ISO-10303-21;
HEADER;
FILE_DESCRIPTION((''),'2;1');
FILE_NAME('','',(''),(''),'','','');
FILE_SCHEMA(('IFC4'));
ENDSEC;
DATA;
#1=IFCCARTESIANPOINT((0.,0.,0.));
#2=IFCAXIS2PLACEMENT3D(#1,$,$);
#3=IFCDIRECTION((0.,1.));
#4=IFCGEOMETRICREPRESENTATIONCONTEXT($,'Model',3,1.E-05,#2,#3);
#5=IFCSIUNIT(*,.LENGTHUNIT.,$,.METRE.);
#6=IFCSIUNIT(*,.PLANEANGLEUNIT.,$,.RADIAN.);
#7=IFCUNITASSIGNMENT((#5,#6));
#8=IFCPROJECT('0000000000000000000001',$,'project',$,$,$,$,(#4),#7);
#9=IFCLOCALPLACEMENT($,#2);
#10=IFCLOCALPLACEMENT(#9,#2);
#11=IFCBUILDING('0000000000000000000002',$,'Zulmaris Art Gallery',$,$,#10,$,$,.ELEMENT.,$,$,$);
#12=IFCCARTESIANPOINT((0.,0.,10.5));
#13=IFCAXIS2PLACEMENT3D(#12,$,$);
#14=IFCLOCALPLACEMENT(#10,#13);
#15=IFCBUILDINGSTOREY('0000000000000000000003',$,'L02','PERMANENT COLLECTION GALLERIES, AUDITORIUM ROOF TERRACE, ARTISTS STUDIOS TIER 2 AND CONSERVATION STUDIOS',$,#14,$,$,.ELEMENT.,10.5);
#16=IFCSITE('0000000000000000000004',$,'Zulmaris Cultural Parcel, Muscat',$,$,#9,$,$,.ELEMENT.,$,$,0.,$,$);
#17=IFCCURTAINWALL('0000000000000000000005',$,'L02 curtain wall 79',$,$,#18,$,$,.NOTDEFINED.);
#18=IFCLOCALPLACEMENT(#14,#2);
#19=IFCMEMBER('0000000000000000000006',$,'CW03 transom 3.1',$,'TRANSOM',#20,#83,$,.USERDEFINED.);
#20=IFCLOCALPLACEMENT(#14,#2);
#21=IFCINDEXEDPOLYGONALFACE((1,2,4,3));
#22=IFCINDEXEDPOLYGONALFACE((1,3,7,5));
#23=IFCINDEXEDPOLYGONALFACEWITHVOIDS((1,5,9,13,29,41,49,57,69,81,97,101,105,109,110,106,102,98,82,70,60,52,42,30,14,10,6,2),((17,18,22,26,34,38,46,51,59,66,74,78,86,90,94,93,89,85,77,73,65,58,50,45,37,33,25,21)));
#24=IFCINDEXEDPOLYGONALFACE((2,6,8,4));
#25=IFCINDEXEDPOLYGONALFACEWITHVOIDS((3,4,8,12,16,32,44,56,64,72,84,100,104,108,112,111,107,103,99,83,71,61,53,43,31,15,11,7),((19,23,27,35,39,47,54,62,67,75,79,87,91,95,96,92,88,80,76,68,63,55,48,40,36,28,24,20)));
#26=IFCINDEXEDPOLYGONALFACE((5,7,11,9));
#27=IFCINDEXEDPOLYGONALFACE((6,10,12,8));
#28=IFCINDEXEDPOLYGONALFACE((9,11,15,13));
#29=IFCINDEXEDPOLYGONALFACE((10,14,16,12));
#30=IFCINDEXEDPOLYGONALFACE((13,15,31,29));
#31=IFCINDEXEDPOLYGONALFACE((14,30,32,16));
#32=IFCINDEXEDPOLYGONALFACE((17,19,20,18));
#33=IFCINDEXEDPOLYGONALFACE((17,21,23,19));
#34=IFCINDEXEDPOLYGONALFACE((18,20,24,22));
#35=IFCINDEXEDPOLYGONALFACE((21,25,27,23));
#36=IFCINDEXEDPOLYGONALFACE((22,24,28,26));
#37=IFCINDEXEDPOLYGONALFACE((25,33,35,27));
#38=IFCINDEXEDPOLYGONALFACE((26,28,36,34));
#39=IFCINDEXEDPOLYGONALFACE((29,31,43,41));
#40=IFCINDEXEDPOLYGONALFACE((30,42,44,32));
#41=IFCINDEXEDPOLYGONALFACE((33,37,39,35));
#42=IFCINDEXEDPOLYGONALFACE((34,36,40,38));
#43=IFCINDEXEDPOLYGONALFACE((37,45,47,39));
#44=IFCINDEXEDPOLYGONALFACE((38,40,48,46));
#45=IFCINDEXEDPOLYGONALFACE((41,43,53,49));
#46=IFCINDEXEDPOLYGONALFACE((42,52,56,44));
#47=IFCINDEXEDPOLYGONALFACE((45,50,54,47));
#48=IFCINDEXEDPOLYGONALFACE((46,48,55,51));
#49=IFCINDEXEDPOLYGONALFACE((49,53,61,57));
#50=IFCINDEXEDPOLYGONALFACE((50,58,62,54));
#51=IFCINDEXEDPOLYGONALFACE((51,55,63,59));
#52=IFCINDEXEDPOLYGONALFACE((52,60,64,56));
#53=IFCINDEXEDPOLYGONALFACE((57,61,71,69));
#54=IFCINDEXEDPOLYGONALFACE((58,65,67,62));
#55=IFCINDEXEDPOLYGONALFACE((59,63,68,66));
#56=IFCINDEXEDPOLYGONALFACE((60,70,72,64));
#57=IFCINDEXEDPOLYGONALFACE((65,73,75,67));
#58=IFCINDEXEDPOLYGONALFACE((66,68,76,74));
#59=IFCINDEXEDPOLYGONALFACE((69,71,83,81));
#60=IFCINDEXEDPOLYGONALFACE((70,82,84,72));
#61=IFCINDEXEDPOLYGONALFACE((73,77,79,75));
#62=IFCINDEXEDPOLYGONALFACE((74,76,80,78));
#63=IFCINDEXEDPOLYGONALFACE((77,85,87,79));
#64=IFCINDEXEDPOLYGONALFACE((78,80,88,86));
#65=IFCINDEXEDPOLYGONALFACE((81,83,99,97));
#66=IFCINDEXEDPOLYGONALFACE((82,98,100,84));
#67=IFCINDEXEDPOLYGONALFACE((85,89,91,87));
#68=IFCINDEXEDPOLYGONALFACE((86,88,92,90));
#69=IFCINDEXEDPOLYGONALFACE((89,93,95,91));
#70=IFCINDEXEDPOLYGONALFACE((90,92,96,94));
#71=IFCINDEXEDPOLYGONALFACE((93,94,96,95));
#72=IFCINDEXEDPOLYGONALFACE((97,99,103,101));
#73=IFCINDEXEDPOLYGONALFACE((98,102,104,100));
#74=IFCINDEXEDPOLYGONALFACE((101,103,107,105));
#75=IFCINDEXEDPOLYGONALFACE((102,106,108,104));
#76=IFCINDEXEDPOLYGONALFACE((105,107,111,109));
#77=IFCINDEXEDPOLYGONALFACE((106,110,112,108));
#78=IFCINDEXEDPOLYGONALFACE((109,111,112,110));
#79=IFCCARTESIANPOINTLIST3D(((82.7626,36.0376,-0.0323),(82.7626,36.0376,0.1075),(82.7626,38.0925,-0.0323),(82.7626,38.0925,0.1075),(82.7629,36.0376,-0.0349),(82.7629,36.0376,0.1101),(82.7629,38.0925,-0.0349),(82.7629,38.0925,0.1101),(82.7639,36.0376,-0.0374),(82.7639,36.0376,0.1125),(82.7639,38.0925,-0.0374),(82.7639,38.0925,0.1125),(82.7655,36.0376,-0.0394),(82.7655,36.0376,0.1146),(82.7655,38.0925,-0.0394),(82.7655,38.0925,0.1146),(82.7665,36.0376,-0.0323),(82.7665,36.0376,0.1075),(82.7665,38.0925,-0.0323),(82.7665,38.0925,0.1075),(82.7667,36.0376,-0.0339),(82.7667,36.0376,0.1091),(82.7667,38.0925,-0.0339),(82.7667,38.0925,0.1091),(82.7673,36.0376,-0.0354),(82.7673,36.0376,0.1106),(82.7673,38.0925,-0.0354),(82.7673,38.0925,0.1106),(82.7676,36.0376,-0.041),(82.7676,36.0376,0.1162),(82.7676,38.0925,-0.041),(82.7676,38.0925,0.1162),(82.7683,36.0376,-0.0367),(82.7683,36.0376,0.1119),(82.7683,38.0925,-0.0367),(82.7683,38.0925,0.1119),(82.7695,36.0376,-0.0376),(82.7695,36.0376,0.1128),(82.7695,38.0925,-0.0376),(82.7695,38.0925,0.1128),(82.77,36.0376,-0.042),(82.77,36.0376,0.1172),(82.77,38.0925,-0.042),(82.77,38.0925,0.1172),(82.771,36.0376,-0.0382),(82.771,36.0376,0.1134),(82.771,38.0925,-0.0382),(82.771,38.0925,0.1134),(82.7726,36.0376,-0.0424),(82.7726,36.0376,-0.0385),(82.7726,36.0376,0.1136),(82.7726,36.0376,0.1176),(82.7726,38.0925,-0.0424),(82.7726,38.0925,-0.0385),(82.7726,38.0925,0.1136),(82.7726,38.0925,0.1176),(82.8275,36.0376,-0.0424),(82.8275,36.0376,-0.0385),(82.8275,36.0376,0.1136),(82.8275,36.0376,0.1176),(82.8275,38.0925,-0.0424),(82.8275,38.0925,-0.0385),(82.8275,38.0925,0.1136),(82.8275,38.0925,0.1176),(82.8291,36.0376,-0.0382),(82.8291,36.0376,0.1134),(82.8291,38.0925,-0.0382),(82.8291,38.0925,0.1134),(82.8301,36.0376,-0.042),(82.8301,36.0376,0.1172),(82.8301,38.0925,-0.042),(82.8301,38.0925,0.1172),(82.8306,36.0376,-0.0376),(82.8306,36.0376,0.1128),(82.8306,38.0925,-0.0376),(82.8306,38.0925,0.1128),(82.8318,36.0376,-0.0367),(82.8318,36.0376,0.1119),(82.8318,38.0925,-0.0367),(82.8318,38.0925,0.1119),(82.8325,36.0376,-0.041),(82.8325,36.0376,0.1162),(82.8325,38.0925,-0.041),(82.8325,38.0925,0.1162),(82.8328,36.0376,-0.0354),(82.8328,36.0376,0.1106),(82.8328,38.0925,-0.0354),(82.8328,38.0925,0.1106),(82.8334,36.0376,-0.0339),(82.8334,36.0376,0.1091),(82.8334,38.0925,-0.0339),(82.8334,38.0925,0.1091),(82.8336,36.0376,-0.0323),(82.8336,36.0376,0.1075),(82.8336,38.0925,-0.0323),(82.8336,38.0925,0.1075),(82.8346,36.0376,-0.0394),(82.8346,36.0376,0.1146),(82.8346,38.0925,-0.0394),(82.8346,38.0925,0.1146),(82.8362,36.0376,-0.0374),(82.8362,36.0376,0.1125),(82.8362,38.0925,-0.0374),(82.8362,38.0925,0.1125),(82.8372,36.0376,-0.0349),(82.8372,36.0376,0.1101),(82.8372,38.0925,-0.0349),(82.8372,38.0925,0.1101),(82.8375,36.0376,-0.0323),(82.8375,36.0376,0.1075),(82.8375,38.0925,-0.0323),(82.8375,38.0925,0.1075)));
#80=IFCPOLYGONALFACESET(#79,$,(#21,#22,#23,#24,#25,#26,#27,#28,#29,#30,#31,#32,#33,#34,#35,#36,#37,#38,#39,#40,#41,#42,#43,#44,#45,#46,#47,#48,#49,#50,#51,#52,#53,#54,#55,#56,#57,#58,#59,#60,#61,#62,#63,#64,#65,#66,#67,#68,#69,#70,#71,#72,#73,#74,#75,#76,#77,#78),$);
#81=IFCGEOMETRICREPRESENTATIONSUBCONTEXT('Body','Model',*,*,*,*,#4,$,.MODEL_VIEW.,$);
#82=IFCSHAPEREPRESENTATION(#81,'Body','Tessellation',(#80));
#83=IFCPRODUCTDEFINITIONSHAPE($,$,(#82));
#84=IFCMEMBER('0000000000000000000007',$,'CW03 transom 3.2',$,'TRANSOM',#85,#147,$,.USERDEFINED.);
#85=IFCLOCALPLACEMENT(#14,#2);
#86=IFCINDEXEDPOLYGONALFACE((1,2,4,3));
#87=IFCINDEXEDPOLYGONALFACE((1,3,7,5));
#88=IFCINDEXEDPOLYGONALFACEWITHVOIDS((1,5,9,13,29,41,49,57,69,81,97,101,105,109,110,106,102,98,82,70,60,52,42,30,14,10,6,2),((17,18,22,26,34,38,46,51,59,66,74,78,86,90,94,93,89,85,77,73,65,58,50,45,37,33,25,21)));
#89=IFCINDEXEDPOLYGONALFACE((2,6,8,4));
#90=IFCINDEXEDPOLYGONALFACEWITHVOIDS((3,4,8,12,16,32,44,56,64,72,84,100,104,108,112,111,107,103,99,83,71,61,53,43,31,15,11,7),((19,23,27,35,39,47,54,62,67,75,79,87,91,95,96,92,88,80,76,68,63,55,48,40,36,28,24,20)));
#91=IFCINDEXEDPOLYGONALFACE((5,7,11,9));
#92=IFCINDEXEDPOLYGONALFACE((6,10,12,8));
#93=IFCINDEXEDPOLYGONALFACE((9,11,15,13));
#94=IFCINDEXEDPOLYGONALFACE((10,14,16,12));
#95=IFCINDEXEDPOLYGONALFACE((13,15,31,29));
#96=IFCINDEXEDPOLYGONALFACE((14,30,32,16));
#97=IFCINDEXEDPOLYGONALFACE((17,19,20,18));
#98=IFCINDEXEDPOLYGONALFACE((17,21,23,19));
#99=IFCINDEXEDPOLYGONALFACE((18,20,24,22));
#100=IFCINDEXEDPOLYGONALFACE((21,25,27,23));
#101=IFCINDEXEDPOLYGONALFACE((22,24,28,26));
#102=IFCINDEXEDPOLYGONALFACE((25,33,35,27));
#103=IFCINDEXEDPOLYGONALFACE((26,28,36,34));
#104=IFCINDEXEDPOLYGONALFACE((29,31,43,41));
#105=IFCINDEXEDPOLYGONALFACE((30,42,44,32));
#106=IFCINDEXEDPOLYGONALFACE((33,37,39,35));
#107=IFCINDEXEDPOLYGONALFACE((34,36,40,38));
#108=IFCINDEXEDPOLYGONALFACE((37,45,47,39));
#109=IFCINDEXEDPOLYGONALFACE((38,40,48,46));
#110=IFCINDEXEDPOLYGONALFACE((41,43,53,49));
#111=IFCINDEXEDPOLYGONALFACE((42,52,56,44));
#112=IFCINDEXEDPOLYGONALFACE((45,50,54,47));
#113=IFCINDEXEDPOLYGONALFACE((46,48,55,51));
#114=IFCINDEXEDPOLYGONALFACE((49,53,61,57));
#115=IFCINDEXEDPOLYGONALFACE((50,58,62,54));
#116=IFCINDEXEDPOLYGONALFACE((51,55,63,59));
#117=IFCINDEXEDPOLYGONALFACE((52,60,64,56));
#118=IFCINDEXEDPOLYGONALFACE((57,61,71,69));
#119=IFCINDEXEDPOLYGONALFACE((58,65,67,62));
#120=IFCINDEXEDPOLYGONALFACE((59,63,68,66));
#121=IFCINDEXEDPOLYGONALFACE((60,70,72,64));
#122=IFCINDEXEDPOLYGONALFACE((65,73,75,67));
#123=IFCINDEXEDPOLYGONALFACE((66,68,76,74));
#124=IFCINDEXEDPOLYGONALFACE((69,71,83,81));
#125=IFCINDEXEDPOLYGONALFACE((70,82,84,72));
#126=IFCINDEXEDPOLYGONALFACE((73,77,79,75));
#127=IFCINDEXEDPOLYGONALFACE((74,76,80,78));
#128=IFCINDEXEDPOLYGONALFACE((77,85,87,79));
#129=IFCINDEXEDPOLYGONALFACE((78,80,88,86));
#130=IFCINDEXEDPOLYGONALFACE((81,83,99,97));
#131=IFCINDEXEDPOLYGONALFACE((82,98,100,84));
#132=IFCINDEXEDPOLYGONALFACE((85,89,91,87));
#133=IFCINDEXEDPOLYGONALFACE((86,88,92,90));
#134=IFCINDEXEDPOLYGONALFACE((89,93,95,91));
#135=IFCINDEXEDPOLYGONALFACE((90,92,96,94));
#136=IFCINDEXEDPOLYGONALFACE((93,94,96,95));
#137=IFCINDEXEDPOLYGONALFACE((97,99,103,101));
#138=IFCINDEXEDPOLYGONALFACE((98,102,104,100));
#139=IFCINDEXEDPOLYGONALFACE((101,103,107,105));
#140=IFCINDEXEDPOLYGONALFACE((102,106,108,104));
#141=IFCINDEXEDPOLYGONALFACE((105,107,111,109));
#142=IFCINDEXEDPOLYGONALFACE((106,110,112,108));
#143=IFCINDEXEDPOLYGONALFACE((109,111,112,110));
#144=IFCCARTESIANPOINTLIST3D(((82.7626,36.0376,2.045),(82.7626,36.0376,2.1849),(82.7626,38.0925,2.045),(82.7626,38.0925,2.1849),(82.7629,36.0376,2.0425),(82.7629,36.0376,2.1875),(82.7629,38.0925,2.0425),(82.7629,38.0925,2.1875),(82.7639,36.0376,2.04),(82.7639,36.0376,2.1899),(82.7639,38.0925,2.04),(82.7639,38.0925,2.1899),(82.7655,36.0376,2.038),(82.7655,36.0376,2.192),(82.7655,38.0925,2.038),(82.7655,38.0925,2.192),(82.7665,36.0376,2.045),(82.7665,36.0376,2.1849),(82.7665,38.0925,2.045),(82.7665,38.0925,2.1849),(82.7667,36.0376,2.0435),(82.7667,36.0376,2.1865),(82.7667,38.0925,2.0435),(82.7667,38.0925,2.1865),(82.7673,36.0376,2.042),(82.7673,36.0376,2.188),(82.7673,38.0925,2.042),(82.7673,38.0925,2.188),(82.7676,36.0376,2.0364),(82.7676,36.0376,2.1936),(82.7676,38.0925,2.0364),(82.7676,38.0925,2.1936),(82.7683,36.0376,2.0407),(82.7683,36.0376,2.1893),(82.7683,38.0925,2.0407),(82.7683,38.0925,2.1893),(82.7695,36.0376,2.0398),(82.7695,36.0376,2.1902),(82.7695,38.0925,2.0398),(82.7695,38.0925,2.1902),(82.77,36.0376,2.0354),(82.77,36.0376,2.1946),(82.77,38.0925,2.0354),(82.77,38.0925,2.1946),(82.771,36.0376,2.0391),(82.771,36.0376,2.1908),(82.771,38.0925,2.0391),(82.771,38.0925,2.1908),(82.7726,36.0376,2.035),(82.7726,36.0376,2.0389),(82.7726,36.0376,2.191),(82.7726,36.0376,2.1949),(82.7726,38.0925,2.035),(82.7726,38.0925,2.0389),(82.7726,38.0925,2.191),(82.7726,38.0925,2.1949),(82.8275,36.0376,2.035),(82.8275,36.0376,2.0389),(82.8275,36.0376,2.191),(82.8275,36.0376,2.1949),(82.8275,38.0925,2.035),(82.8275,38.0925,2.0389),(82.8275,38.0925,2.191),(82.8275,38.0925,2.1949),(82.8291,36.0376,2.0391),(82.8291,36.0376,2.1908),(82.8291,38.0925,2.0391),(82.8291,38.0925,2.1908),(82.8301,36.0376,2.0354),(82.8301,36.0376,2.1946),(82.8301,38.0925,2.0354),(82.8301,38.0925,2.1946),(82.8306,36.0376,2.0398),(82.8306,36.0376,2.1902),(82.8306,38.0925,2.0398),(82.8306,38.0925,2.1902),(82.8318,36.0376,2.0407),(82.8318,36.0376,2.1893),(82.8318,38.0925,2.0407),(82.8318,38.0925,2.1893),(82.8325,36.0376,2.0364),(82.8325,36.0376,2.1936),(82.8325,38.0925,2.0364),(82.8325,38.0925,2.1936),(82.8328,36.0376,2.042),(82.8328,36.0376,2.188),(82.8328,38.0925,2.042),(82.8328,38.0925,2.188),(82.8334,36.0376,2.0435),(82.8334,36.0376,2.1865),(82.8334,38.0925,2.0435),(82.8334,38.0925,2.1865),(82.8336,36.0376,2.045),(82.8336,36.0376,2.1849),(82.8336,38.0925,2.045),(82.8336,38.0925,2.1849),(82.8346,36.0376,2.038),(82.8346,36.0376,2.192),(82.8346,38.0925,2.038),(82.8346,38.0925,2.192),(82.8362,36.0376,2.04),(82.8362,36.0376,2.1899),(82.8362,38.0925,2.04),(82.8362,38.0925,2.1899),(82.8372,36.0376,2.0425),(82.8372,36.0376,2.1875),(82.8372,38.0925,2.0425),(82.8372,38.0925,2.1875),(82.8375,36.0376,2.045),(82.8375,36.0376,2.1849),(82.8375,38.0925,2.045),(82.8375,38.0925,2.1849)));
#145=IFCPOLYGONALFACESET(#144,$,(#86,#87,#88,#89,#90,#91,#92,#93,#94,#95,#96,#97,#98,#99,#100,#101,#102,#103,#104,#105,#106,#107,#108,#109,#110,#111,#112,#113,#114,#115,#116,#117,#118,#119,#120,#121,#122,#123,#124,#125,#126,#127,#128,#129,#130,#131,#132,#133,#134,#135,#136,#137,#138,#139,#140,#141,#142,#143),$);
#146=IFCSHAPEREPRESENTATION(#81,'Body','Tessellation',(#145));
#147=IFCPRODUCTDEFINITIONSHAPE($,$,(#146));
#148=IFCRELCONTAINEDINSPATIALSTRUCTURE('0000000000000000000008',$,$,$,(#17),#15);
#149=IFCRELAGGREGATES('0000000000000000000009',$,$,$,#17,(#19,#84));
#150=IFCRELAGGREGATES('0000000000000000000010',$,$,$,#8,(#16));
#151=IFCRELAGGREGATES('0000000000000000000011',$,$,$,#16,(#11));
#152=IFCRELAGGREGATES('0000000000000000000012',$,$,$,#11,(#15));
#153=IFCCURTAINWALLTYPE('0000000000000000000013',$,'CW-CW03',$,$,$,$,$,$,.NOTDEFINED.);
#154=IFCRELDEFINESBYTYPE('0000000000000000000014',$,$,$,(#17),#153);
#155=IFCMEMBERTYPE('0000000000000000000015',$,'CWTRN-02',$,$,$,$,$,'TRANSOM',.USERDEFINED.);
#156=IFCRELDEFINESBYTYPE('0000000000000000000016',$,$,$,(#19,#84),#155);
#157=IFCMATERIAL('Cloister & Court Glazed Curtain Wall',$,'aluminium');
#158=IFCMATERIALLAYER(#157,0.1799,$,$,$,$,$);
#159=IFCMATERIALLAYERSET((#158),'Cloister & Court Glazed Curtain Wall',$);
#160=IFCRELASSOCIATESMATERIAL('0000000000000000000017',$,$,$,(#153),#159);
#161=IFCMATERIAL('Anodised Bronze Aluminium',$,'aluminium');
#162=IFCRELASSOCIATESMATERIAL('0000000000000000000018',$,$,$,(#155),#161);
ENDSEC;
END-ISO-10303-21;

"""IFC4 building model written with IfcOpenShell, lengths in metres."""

from ifc_helpers import new_model, si_unit, direction, frame, origin, origin_2d, place, context, subcontext, project, spatial, hollow_rectangle, extrude, material, layer, layer_set, material_profile, profile_set, type_object, element, aggregate, save


model = new_model("IFC4")

# Units and contexts
model_context = context("Model", 3, precision=1e-05, world=origin(), true_north=direction((0.0, 1.0)))
body_context = subcontext(model_context, "Body", "Model", "MODEL_VIEW")
ifc_project = project(units=[si_unit("LENGTHUNIT", "METRE"), si_unit("PLANEANGLEUNIT", "RADIAN")], contexts=[model_context])

# Site, building, storey
site_placement = place(None, origin())
site = spatial("IfcSite", under=ifc_project, at=site_placement, Name="Zulmaris Cultural Parcel, Muscat", CompositionType="ELEMENT", RefElevation=0.0)
building_placement = place(site_placement, origin())
building = spatial("IfcBuilding", under=site, at=building_placement, Name="Zulmaris Art Gallery", CompositionType="ELEMENT")
storey_placement = place(building_placement, frame((0.0, 0.0, 10.5)))
storey = spatial("IfcBuildingStorey", under=building, at=storey_placement, Name="L02", Description="PERMANENT COLLECTION GALLERIES, AUDITORIUM ROOF TERRACE, ARTISTS STUDIOS TIER 2 AND CONSERVATION STUDIOS", CompositionType="ELEMENT", Elevation=10.5)

# Curtain wall, members
ifc_material_1 = material(Name="Cloister & Court Glazed Curtain Wall", Category="aluminium")
ifc_layer_1 = layer(ifc_material_1, 0.1799)
ifc_layer_set_1 = layer_set([ifc_layer_1], Name="Cloister & Court Glazed Curtain Wall")
curtain_wall_type = type_object("IfcCurtainWallType", Name="CW-CW03", PredefinedType="NOTDEFINED", material=ifc_layer_set_1)
ifc_material_2 = material(Name="Anodised Bronze Aluminium", Category="aluminium")
ifc_material_profile_1 = material_profile(ifc_material_2, hollow_rectangle(XDim=0.075, YDim=0.1599, WallThickness=0.0039, InnerFilletRadius=0.0061, OuterFilletRadius=0.01, at=origin_2d()), Name="ALU 75x160x4")
ifc_profile_set_1 = profile_set([ifc_material_profile_1], Name="Anodised Bronze Aluminium")
member_type_1 = type_object("IfcMemberType", Name="CWTRN-02", ElementType="TRANSOM", PredefinedType="USERDEFINED", material=ifc_profile_set_1)
curtain_wall_1_placement = place(storey_placement, origin())
curtain_wall_1 = element("IfcCurtainWall", 1, at=curtain_wall_1_placement, inside=storey, type_object=curtain_wall_type, Name="L02 curtain wall 79", PredefinedType="NOTDEFINED")
member_1_placement = place(storey_placement, frame((82.8, 36.0376, 0.0376), z_axis=(0.0, 1.0, 0.0), x_axis=(-1.0, 0.0, 0.0)))
member_1 = element("IfcMember", 2, at=member_1_placement, type_object=member_type_1, Name="CW03 transom 3.1", ObjectType="TRANSOM", PredefinedType="USERDEFINED", context=body_context, shape_type="SweptSolid", body=[
    extrude(hollow_rectangle(XDim=0.075, YDim=0.1599, WallThickness=0.0039, InnerFilletRadius=0.0061, OuterFilletRadius=0.01, at=origin_2d()), origin(), (0.0, 0.0, 1.0), 2.0549),
])
member_2_placement = place(storey_placement, frame((82.8, 36.0376, 2.115), z_axis=(0.0, 1.0, 0.0), x_axis=(-1.0, 0.0, 0.0)))
member_2 = element("IfcMember", 3, at=member_2_placement, type_object=member_type_1, Name="CW03 transom 3.2", ObjectType="TRANSOM", PredefinedType="USERDEFINED", context=body_context, shape_type="SweptSolid", body=[
    extrude(hollow_rectangle(XDim=0.075, YDim=0.1599, WallThickness=0.0039, InnerFilletRadius=0.0061, OuterFilletRadius=0.01, at=origin_2d()), origin(), (0.0, 0.0, 1.0), 2.0549),
])

aggregate(curtain_wall_1, [member_1, member_2])

save(model, "model.ifc")
